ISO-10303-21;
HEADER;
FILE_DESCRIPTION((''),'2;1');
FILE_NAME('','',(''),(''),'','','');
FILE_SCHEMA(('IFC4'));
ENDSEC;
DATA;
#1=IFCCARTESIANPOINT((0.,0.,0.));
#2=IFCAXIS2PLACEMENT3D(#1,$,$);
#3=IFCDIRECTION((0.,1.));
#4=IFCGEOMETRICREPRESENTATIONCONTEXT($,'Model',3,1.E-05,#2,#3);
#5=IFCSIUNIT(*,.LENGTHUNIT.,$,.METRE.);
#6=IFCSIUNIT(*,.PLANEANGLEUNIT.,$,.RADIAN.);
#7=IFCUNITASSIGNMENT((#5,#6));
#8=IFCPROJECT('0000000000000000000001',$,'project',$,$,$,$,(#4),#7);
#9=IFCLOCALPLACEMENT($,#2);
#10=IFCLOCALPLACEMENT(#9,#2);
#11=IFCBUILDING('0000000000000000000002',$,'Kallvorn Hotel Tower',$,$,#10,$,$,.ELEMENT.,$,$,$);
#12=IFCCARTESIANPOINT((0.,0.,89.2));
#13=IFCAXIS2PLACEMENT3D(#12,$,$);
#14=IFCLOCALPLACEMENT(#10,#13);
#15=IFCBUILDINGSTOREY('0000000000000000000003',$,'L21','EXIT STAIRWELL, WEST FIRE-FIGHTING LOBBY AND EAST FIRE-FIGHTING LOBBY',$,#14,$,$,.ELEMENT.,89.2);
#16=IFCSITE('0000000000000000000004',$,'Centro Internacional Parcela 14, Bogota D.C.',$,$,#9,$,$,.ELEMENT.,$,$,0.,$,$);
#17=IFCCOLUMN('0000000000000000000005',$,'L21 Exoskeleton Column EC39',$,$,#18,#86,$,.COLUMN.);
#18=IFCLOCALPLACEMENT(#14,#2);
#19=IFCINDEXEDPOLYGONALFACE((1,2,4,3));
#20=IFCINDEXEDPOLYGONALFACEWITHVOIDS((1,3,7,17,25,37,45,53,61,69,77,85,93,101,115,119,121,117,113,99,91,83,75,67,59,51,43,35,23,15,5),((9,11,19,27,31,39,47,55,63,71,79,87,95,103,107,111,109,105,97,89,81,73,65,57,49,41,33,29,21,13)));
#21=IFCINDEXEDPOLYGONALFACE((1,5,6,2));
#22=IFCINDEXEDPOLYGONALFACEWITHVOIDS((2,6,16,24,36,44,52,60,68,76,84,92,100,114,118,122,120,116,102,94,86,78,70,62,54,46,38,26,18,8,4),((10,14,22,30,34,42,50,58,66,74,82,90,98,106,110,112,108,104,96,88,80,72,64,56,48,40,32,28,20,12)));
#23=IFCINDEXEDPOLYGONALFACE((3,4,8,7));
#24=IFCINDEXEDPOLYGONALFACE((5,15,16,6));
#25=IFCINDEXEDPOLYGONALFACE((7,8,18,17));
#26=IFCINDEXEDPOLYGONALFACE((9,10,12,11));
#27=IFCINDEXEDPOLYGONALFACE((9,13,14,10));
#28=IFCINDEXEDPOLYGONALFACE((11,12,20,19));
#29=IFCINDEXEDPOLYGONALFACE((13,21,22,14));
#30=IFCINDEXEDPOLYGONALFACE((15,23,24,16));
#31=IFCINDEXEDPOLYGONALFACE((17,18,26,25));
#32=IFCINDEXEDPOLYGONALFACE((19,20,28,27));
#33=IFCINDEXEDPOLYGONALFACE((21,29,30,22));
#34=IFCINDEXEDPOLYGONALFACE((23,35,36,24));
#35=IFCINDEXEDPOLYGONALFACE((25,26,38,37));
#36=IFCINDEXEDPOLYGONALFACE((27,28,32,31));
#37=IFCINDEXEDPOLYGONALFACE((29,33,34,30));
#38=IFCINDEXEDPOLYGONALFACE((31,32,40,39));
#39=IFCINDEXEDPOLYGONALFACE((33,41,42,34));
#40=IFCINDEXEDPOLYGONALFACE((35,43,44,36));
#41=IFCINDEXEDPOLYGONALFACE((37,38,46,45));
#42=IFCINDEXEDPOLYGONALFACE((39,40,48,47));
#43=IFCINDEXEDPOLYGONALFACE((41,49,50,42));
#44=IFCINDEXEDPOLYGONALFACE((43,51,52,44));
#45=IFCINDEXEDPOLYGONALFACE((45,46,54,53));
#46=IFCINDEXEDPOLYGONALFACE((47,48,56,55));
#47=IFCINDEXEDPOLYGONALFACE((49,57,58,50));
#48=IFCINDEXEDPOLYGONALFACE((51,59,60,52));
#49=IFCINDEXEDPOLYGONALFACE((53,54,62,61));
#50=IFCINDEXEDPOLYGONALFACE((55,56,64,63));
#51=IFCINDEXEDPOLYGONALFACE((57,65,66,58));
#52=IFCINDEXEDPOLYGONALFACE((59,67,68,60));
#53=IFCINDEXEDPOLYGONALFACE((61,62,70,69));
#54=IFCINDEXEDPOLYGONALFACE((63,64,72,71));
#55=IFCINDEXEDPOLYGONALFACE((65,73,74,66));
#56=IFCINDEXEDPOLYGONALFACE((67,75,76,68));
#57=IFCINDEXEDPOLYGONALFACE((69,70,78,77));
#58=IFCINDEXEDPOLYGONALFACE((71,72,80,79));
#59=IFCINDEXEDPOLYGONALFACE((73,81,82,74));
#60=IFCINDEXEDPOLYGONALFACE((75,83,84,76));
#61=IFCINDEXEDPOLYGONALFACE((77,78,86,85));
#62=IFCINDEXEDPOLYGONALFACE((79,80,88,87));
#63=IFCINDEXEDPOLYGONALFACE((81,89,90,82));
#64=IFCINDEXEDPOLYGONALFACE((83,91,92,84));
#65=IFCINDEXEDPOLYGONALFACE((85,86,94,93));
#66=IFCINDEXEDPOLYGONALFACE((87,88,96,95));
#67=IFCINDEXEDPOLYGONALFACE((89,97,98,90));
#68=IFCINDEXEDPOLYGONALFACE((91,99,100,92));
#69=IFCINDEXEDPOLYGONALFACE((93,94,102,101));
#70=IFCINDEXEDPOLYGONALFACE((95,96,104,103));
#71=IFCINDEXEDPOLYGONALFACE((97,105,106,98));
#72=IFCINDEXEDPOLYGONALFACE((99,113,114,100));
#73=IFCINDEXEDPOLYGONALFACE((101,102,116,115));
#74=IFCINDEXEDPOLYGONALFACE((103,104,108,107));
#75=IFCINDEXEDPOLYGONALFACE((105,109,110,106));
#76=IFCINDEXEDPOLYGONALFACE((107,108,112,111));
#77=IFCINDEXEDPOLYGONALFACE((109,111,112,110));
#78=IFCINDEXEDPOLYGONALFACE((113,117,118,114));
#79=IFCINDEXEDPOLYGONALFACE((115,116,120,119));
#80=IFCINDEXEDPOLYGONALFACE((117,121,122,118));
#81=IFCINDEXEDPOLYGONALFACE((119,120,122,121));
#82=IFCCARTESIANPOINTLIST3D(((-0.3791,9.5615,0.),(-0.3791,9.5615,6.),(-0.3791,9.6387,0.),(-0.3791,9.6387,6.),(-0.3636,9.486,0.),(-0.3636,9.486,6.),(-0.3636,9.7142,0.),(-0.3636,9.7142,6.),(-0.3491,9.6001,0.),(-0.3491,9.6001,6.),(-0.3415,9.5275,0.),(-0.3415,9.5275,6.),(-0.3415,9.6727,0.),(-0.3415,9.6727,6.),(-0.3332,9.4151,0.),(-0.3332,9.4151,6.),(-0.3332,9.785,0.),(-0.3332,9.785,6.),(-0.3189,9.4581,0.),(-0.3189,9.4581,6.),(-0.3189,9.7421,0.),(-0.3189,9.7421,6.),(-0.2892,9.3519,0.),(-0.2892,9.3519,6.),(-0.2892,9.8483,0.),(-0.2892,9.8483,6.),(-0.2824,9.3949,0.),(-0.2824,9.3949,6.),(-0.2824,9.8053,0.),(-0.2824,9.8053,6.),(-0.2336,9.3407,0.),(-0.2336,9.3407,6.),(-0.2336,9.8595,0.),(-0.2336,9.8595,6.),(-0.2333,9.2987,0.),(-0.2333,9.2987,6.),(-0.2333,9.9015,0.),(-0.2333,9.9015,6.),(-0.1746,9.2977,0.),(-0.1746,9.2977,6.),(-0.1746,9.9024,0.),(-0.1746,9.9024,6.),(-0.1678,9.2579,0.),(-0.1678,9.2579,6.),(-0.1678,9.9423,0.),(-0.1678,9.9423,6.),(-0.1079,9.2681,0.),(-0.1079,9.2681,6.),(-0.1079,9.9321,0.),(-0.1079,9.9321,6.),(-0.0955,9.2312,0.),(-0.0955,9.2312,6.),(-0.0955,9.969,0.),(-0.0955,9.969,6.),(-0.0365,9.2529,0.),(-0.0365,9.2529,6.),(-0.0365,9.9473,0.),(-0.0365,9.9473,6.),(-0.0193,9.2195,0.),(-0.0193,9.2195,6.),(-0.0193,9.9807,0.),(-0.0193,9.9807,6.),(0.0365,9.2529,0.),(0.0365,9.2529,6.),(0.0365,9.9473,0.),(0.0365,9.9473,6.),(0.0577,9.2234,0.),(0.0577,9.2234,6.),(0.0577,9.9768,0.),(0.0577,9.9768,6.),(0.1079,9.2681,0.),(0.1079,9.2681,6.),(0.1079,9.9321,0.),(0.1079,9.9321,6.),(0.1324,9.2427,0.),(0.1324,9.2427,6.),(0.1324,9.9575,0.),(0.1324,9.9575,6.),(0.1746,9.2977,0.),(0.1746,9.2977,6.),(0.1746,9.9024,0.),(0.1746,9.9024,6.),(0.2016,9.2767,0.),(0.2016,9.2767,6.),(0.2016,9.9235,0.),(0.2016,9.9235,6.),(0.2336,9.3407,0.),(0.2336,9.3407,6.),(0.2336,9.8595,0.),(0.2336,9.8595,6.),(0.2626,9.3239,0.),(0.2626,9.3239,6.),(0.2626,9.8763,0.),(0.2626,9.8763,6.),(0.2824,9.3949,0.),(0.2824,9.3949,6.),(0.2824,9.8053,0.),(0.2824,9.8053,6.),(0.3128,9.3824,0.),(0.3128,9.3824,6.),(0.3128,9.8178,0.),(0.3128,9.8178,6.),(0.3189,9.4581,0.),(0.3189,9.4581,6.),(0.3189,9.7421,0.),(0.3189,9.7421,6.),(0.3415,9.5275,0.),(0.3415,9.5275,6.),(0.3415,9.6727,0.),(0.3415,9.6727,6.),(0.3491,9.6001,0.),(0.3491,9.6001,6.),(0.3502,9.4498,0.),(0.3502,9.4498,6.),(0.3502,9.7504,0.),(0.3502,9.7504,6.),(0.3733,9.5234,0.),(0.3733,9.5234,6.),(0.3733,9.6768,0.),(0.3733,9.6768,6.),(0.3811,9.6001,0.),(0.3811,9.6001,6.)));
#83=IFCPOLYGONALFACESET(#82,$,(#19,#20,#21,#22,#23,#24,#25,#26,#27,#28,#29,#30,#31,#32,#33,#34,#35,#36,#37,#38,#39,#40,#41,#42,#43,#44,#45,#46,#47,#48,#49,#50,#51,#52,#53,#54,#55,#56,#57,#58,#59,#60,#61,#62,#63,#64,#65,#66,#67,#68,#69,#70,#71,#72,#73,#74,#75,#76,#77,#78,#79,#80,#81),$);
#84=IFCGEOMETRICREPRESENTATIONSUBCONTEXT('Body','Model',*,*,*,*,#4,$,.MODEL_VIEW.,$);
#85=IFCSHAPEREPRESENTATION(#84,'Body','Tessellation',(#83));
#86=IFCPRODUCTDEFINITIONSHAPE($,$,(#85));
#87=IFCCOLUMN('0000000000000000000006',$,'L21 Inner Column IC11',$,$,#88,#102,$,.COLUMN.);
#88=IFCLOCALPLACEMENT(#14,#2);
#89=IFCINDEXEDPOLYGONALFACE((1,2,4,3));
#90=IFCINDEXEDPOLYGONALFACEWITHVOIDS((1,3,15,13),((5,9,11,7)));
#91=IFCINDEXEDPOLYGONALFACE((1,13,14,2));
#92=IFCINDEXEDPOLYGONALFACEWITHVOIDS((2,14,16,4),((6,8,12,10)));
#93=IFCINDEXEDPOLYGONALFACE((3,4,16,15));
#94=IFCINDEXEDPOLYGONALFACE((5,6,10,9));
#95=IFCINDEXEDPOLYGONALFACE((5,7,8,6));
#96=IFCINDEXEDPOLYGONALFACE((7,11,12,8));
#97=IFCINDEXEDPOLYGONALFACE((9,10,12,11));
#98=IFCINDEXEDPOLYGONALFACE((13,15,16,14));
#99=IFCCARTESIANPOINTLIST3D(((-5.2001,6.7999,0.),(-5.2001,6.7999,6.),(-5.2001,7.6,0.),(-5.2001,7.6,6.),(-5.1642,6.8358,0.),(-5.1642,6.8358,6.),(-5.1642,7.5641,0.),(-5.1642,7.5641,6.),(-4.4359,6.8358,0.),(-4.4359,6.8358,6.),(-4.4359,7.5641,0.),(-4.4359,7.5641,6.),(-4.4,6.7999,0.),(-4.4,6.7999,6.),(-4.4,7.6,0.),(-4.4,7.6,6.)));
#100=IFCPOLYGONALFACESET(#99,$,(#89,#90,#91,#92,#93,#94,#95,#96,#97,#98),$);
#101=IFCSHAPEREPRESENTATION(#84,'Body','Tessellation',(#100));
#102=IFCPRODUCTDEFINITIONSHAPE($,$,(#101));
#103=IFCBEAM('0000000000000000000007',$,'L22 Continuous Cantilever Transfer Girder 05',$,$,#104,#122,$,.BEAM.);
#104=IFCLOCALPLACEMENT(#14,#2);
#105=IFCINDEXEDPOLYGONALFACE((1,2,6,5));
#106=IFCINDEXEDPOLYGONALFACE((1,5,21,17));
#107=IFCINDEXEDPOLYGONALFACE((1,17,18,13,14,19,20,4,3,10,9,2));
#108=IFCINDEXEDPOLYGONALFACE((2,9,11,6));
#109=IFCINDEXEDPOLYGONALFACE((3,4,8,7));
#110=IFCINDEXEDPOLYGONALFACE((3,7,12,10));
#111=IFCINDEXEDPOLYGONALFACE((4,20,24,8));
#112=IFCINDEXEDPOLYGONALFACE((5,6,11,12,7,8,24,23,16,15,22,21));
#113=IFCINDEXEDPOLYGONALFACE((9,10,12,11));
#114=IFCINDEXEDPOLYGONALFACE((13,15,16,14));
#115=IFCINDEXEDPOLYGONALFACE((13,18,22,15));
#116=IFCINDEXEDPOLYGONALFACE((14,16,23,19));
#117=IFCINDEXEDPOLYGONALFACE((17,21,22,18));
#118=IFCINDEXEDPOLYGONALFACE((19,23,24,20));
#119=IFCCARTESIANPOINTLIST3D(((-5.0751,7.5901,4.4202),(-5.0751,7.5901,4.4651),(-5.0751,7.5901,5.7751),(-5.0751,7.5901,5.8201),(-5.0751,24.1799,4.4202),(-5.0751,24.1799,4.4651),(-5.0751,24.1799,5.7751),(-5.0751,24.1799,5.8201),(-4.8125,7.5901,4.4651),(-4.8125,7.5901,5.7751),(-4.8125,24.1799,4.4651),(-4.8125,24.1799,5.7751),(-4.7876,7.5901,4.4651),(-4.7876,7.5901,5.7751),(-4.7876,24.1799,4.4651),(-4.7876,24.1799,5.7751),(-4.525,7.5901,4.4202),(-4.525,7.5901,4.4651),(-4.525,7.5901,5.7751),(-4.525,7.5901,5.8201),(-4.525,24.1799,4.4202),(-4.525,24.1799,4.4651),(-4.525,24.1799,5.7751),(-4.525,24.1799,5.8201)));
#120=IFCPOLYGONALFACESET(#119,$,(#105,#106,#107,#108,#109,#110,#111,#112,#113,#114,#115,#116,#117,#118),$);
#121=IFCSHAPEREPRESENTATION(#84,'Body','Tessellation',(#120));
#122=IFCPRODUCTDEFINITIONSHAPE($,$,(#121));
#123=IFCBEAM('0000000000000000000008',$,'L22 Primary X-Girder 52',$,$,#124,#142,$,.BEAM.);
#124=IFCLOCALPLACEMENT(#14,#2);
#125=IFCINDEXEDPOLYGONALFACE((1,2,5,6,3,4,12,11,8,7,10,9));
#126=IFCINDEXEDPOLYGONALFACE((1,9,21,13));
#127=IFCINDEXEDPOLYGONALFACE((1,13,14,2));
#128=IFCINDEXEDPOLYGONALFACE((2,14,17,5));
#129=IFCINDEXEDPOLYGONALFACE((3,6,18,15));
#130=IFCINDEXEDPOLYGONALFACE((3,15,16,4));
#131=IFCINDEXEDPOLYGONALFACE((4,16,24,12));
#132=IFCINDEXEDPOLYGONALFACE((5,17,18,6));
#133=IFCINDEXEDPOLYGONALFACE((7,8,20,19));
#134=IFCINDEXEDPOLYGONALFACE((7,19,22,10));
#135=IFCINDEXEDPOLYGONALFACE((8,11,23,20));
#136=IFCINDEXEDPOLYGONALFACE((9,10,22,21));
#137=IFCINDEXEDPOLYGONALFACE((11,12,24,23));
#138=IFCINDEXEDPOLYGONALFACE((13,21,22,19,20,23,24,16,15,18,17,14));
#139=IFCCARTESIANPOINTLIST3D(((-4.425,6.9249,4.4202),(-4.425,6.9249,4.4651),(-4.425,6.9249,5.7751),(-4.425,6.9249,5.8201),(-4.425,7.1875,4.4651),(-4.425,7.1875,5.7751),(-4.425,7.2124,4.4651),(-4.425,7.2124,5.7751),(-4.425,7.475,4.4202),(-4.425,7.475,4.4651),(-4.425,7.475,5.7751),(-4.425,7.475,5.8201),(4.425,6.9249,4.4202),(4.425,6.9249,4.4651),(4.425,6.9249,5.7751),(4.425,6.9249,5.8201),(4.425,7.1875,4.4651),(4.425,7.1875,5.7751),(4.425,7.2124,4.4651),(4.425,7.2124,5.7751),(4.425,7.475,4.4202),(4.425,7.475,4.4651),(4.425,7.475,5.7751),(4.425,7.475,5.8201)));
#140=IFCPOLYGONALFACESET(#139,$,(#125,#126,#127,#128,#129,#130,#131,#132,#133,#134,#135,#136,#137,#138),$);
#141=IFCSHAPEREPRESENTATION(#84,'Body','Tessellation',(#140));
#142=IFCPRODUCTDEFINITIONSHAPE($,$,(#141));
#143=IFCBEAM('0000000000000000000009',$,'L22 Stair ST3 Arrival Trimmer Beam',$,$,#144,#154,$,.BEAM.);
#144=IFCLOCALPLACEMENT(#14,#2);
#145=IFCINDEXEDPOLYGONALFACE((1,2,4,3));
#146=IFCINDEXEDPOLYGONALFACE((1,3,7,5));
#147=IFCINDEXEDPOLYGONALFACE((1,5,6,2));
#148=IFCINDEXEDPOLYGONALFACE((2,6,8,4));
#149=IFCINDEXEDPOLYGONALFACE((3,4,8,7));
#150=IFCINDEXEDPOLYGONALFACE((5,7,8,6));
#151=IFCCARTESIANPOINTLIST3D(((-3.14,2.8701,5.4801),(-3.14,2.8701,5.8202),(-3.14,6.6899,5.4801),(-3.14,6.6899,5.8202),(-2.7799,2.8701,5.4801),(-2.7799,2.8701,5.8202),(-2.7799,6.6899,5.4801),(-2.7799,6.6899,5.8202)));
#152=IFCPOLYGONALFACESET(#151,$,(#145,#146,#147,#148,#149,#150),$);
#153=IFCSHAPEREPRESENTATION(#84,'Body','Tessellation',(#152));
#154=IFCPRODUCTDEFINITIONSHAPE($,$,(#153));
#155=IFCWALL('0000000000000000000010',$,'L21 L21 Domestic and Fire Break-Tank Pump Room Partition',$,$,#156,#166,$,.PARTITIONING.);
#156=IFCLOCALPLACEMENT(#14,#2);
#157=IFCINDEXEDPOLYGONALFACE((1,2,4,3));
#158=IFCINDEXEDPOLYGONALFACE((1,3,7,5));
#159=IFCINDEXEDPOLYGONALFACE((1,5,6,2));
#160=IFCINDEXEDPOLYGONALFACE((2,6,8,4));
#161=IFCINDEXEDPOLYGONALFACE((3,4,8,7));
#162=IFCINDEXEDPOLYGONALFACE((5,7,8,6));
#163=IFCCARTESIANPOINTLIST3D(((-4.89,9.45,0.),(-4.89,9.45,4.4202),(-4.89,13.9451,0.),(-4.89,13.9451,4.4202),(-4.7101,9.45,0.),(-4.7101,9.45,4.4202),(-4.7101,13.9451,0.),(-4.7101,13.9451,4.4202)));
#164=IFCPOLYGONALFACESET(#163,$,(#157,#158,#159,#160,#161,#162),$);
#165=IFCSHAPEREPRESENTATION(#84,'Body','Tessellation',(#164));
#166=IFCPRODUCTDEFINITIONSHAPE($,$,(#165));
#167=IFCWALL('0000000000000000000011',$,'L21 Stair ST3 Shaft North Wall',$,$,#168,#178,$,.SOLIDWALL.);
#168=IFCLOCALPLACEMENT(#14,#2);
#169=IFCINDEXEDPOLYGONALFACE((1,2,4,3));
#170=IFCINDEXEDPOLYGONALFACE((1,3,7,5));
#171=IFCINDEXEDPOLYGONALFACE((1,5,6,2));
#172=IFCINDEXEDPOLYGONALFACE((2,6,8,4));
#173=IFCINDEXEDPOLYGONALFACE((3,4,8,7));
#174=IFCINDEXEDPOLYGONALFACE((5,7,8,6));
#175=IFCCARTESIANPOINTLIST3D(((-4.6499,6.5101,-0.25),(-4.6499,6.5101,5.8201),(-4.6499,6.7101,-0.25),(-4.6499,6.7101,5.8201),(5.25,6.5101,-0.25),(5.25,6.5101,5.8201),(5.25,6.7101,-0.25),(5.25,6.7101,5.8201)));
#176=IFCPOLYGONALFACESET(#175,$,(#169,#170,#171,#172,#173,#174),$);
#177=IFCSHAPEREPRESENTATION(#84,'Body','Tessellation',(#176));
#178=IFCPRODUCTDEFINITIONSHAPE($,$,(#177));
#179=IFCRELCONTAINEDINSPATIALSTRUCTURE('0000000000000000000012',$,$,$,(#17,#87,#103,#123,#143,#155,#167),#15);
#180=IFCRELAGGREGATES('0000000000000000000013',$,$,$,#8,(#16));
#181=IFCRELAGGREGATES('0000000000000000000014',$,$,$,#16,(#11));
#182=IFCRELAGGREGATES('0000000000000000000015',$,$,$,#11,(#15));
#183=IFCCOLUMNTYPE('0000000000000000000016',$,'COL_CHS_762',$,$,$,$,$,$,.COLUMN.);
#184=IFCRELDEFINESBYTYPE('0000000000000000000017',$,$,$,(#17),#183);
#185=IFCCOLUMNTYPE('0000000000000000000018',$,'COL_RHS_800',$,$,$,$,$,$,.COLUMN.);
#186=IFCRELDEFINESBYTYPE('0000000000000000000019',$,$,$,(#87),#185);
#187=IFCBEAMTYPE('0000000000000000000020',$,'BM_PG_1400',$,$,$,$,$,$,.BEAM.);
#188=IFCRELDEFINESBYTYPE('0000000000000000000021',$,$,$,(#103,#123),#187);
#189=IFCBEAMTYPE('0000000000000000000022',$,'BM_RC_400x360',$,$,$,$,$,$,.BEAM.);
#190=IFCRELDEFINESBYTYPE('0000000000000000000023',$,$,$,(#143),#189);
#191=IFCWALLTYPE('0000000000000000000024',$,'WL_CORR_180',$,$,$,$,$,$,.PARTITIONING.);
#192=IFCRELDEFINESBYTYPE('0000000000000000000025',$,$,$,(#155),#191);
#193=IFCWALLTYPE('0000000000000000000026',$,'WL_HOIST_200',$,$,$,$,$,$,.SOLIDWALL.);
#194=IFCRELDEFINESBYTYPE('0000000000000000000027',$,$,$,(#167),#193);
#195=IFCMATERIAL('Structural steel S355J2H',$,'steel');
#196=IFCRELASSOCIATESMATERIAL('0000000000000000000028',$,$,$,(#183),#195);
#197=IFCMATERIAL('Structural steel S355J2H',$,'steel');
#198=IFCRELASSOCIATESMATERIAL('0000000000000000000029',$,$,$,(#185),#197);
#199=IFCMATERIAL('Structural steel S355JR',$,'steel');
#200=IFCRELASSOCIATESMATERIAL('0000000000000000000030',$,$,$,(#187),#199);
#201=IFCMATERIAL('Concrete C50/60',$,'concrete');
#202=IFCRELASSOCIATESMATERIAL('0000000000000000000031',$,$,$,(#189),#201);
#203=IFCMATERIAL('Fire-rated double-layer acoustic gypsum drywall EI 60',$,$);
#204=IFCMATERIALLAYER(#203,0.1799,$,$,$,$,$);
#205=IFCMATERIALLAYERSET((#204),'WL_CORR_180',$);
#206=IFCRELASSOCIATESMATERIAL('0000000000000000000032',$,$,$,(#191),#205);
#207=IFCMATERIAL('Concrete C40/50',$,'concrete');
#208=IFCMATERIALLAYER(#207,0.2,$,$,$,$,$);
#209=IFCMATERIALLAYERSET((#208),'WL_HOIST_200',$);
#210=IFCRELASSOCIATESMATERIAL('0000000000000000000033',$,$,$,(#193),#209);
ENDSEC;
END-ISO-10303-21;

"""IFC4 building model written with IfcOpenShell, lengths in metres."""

from ifc_helpers import new_model, si_unit, direction, frame, frame_2d, origin, origin_2d, place, context, subcontext, project, spatial, rectangle, hollow_rectangle, hollow_circle, i_section, extrude, material, layer, layer_set, material_profile, profile_set, type_object, element, save


model = new_model("IFC4")

# Units and contexts
model_context = context("Model", 3, precision=1e-05, world=origin(), true_north=direction((0.0, 1.0)))
body_context = subcontext(model_context, "Body", "Model", "MODEL_VIEW")
ifc_project = project(units=[si_unit("LENGTHUNIT", "METRE"), si_unit("PLANEANGLEUNIT", "RADIAN")], contexts=[model_context])

# Site, building, storey
site_placement = place(None, origin())
site = spatial("IfcSite", under=ifc_project, at=site_placement, Name="Centro Internacional Parcela 14, Bogota D.C.", CompositionType="ELEMENT", RefElevation=0.0)
building_placement = place(site_placement, origin())
building = spatial("IfcBuilding", under=site, at=building_placement, Name="Kallvorn Hotel Tower", CompositionType="ELEMENT")
storey_placement = place(building_placement, frame((0.0, 0.0, 89.2)))
storey = spatial("IfcBuildingStorey", under=building, at=storey_placement, Name="L21", Description="EXIT STAIRWELL, WEST FIRE-FIGHTING LOBBY AND EAST FIRE-FIGHTING LOBBY", CompositionType="ELEMENT", Elevation=89.2)

# Columns
ifc_material_1 = material(Name="Structural steel S355J2H", Category="steel")
ifc_material_profile_1 = material_profile(ifc_material_1, hollow_circle(Radius=0.3811, WallThickness=0.032, at=origin_2d()), Name="CHS 762x32")
ifc_profile_set_1 = profile_set([ifc_material_profile_1], Name="Structural steel S355J2H")
column_type_1 = type_object("IfcColumnType", Name="COL_CHS_762", PredefinedType="COLUMN", material=ifc_profile_set_1)
column_1_placement = place(storey_placement, frame((0.0, 9.6001, 0.0), z_axis=(0.0, 0.0, 1.0), x_axis=(1.0, 0.0, 0.0)))
element("IfcColumn", 1, at=column_1_placement, inside=storey, type_object=column_type_1, Name="L21 Exoskeleton Column EC39", PredefinedType="COLUMN", context=body_context, shape_type="SweptSolid", body=[
    extrude(hollow_circle(Radius=0.3811, WallThickness=0.032, at=origin_2d()), origin(), (0.0, 0.0, 1.0), 6.0),
])
ifc_material_2 = material(Name="Structural steel S355J2H", Category="steel")
ifc_material_profile_2 = material_profile(ifc_material_2, hollow_rectangle(XDim=0.8, YDim=0.8, WallThickness=0.0359, at=origin_2d()), Name="RHS 800x800x36")
ifc_profile_set_2 = profile_set([ifc_material_profile_2], Name="Structural steel S355J2H")
column_type_2 = type_object("IfcColumnType", Name="COL_RHS_800", PredefinedType="COLUMN", material=ifc_profile_set_2)
column_2_placement = place(storey_placement, frame((-4.8, 7.2, 0.0), z_axis=(0.0, 0.0, 1.0), x_axis=(1.0, 0.0, 0.0)))
element("IfcColumn", 2, at=column_2_placement, inside=storey, type_object=column_type_2, Name="L21 Inner Column IC11", PredefinedType="COLUMN", context=body_context, shape_type="SweptSolid", body=[
    extrude(hollow_rectangle(XDim=0.8, YDim=0.8, WallThickness=0.0359, at=origin_2d()), origin(), (0.0, 0.0, 1.0), 6.0),
])

# Beams
ifc_material_3 = material(Name="Structural steel S355JR", Category="steel")
ifc_material_profile_3 = material_profile(ifc_material_3, i_section(OverallWidth=0.55, OverallDepth=1.3999, WebThickness=0.0249, FlangeThickness=0.0449, at=origin_2d()), Name="PG 1400x550x25x45")
ifc_profile_set_3 = profile_set([ifc_material_profile_3], Name="Structural steel S355JR")
beam_type_1 = type_object("IfcBeamType", Name="BM_PG_1400", PredefinedType="BEAM", material=ifc_profile_set_3)
beam_1_placement = place(storey_placement, frame((-4.8, 7.5901, 5.1201), z_axis=(0.0, 1.0, 0.0), x_axis=(-1.0, 0.0, 0.0)))
element("IfcBeam", 3, at=beam_1_placement, inside=storey, type_object=beam_type_1, Name="L22 Continuous Cantilever Transfer Girder 05", PredefinedType="BEAM", context=body_context, shape_type="SweptSolid", body=[
    extrude(i_section(OverallWidth=0.55, OverallDepth=1.3999, WebThickness=0.0249, FlangeThickness=0.0449, at=origin_2d()), origin(), (0.0, 0.0, 1.0), 16.5898),
])
beam_2_placement = place(storey_placement, frame((-4.425, 7.2, 5.1201), z_axis=(1.0, 0.0, 0.0), x_axis=(0.0, 1.0, 0.0)))
element("IfcBeam", 4, at=beam_2_placement, inside=storey, type_object=beam_type_1, Name="L22 Primary X-Girder 52", PredefinedType="BEAM", context=body_context, shape_type="SweptSolid", body=[
    extrude(i_section(OverallWidth=0.55, OverallDepth=1.3999, WebThickness=0.0249, FlangeThickness=0.0449, at=origin_2d()), origin(), (0.0, 0.0, 1.0), 8.8501),
])
ifc_material_4 = material(Name="Concrete C50/60", Category="concrete")
ifc_material_profile_4 = material_profile(ifc_material_4, rectangle(XDim=0.3601, YDim=0.3401, at=origin_2d()), Name="RC 360x340")
ifc_profile_set_4 = profile_set([ifc_material_profile_4], Name="Concrete C50/60")
beam_type_2 = type_object("IfcBeamType", Name="BM_RC_400x360", PredefinedType="BEAM", material=ifc_profile_set_4)
beam_3_placement = place(storey_placement, frame((-2.96, 2.8701, 5.6501), z_axis=(0.0, 1.0, 0.0), x_axis=(-1.0, 0.0, 0.0)))
element("IfcBeam", 5, at=beam_3_placement, inside=storey, type_object=beam_type_2, Name="L22 Stair ST3 Arrival Trimmer Beam", PredefinedType="BEAM", context=body_context, shape_type="SweptSolid", body=[
    extrude(rectangle(XDim=0.3601, YDim=0.3401, at=origin_2d()), origin(), (0.0, 0.0, 1.0), 3.8198),
])

# Walls
ifc_material_5 = material(Name="Fire-rated double-layer acoustic gypsum drywall EI 60")
ifc_layer_1 = layer(ifc_material_5, 0.1799)
ifc_layer_set_1 = layer_set([ifc_layer_1], Name="WL_CORR_180")
wall_type_1 = type_object("IfcWallType", Name="WL_CORR_180", PredefinedType="PARTITIONING", material=ifc_layer_set_1)
wall_1_placement = place(storey_placement, frame((-4.8, 9.45, 0.0), z_axis=(0.0, 0.0, 1.0), x_axis=(0.0, 1.0, 0.0)))
element("IfcWall", 6, at=wall_1_placement, inside=storey, type_object=wall_type_1, Name="L21 L21 Domestic and Fire Break-Tank Pump Room Partition", PredefinedType="PARTITIONING", context=body_context, shape_type="SweptSolid", body=[
    extrude(rectangle(XDim=4.4951, YDim=0.1799, at=frame_2d((2.2476, 0.0))), origin(), (0.0, 0.0, 1.0), 4.4202),
])
ifc_material_6 = material(Name="Concrete C40/50", Category="concrete")
ifc_layer_2 = layer(ifc_material_6, 0.2)
ifc_layer_set_2 = layer_set([ifc_layer_2], Name="WL_HOIST_200")
wall_type_2 = type_object("IfcWallType", Name="WL_HOIST_200", PredefinedType="SOLIDWALL", material=ifc_layer_set_2)
wall_2_placement = place(storey_placement, frame((-4.6499, 6.6101, -0.25), z_axis=(0.0, 0.0, 1.0), x_axis=(1.0, 0.0, 0.0)))
element("IfcWall", 7, at=wall_2_placement, inside=storey, type_object=wall_type_2, Name="L21 Stair ST3 Shaft North Wall", PredefinedType="SOLIDWALL", context=body_context, shape_type="SweptSolid", body=[
    extrude(rectangle(XDim=9.8999, YDim=0.2, at=frame_2d((4.95, 0.0))), origin(), (0.0, 0.0, 1.0), 6.0701),
])

save(model, "model.ifc")
